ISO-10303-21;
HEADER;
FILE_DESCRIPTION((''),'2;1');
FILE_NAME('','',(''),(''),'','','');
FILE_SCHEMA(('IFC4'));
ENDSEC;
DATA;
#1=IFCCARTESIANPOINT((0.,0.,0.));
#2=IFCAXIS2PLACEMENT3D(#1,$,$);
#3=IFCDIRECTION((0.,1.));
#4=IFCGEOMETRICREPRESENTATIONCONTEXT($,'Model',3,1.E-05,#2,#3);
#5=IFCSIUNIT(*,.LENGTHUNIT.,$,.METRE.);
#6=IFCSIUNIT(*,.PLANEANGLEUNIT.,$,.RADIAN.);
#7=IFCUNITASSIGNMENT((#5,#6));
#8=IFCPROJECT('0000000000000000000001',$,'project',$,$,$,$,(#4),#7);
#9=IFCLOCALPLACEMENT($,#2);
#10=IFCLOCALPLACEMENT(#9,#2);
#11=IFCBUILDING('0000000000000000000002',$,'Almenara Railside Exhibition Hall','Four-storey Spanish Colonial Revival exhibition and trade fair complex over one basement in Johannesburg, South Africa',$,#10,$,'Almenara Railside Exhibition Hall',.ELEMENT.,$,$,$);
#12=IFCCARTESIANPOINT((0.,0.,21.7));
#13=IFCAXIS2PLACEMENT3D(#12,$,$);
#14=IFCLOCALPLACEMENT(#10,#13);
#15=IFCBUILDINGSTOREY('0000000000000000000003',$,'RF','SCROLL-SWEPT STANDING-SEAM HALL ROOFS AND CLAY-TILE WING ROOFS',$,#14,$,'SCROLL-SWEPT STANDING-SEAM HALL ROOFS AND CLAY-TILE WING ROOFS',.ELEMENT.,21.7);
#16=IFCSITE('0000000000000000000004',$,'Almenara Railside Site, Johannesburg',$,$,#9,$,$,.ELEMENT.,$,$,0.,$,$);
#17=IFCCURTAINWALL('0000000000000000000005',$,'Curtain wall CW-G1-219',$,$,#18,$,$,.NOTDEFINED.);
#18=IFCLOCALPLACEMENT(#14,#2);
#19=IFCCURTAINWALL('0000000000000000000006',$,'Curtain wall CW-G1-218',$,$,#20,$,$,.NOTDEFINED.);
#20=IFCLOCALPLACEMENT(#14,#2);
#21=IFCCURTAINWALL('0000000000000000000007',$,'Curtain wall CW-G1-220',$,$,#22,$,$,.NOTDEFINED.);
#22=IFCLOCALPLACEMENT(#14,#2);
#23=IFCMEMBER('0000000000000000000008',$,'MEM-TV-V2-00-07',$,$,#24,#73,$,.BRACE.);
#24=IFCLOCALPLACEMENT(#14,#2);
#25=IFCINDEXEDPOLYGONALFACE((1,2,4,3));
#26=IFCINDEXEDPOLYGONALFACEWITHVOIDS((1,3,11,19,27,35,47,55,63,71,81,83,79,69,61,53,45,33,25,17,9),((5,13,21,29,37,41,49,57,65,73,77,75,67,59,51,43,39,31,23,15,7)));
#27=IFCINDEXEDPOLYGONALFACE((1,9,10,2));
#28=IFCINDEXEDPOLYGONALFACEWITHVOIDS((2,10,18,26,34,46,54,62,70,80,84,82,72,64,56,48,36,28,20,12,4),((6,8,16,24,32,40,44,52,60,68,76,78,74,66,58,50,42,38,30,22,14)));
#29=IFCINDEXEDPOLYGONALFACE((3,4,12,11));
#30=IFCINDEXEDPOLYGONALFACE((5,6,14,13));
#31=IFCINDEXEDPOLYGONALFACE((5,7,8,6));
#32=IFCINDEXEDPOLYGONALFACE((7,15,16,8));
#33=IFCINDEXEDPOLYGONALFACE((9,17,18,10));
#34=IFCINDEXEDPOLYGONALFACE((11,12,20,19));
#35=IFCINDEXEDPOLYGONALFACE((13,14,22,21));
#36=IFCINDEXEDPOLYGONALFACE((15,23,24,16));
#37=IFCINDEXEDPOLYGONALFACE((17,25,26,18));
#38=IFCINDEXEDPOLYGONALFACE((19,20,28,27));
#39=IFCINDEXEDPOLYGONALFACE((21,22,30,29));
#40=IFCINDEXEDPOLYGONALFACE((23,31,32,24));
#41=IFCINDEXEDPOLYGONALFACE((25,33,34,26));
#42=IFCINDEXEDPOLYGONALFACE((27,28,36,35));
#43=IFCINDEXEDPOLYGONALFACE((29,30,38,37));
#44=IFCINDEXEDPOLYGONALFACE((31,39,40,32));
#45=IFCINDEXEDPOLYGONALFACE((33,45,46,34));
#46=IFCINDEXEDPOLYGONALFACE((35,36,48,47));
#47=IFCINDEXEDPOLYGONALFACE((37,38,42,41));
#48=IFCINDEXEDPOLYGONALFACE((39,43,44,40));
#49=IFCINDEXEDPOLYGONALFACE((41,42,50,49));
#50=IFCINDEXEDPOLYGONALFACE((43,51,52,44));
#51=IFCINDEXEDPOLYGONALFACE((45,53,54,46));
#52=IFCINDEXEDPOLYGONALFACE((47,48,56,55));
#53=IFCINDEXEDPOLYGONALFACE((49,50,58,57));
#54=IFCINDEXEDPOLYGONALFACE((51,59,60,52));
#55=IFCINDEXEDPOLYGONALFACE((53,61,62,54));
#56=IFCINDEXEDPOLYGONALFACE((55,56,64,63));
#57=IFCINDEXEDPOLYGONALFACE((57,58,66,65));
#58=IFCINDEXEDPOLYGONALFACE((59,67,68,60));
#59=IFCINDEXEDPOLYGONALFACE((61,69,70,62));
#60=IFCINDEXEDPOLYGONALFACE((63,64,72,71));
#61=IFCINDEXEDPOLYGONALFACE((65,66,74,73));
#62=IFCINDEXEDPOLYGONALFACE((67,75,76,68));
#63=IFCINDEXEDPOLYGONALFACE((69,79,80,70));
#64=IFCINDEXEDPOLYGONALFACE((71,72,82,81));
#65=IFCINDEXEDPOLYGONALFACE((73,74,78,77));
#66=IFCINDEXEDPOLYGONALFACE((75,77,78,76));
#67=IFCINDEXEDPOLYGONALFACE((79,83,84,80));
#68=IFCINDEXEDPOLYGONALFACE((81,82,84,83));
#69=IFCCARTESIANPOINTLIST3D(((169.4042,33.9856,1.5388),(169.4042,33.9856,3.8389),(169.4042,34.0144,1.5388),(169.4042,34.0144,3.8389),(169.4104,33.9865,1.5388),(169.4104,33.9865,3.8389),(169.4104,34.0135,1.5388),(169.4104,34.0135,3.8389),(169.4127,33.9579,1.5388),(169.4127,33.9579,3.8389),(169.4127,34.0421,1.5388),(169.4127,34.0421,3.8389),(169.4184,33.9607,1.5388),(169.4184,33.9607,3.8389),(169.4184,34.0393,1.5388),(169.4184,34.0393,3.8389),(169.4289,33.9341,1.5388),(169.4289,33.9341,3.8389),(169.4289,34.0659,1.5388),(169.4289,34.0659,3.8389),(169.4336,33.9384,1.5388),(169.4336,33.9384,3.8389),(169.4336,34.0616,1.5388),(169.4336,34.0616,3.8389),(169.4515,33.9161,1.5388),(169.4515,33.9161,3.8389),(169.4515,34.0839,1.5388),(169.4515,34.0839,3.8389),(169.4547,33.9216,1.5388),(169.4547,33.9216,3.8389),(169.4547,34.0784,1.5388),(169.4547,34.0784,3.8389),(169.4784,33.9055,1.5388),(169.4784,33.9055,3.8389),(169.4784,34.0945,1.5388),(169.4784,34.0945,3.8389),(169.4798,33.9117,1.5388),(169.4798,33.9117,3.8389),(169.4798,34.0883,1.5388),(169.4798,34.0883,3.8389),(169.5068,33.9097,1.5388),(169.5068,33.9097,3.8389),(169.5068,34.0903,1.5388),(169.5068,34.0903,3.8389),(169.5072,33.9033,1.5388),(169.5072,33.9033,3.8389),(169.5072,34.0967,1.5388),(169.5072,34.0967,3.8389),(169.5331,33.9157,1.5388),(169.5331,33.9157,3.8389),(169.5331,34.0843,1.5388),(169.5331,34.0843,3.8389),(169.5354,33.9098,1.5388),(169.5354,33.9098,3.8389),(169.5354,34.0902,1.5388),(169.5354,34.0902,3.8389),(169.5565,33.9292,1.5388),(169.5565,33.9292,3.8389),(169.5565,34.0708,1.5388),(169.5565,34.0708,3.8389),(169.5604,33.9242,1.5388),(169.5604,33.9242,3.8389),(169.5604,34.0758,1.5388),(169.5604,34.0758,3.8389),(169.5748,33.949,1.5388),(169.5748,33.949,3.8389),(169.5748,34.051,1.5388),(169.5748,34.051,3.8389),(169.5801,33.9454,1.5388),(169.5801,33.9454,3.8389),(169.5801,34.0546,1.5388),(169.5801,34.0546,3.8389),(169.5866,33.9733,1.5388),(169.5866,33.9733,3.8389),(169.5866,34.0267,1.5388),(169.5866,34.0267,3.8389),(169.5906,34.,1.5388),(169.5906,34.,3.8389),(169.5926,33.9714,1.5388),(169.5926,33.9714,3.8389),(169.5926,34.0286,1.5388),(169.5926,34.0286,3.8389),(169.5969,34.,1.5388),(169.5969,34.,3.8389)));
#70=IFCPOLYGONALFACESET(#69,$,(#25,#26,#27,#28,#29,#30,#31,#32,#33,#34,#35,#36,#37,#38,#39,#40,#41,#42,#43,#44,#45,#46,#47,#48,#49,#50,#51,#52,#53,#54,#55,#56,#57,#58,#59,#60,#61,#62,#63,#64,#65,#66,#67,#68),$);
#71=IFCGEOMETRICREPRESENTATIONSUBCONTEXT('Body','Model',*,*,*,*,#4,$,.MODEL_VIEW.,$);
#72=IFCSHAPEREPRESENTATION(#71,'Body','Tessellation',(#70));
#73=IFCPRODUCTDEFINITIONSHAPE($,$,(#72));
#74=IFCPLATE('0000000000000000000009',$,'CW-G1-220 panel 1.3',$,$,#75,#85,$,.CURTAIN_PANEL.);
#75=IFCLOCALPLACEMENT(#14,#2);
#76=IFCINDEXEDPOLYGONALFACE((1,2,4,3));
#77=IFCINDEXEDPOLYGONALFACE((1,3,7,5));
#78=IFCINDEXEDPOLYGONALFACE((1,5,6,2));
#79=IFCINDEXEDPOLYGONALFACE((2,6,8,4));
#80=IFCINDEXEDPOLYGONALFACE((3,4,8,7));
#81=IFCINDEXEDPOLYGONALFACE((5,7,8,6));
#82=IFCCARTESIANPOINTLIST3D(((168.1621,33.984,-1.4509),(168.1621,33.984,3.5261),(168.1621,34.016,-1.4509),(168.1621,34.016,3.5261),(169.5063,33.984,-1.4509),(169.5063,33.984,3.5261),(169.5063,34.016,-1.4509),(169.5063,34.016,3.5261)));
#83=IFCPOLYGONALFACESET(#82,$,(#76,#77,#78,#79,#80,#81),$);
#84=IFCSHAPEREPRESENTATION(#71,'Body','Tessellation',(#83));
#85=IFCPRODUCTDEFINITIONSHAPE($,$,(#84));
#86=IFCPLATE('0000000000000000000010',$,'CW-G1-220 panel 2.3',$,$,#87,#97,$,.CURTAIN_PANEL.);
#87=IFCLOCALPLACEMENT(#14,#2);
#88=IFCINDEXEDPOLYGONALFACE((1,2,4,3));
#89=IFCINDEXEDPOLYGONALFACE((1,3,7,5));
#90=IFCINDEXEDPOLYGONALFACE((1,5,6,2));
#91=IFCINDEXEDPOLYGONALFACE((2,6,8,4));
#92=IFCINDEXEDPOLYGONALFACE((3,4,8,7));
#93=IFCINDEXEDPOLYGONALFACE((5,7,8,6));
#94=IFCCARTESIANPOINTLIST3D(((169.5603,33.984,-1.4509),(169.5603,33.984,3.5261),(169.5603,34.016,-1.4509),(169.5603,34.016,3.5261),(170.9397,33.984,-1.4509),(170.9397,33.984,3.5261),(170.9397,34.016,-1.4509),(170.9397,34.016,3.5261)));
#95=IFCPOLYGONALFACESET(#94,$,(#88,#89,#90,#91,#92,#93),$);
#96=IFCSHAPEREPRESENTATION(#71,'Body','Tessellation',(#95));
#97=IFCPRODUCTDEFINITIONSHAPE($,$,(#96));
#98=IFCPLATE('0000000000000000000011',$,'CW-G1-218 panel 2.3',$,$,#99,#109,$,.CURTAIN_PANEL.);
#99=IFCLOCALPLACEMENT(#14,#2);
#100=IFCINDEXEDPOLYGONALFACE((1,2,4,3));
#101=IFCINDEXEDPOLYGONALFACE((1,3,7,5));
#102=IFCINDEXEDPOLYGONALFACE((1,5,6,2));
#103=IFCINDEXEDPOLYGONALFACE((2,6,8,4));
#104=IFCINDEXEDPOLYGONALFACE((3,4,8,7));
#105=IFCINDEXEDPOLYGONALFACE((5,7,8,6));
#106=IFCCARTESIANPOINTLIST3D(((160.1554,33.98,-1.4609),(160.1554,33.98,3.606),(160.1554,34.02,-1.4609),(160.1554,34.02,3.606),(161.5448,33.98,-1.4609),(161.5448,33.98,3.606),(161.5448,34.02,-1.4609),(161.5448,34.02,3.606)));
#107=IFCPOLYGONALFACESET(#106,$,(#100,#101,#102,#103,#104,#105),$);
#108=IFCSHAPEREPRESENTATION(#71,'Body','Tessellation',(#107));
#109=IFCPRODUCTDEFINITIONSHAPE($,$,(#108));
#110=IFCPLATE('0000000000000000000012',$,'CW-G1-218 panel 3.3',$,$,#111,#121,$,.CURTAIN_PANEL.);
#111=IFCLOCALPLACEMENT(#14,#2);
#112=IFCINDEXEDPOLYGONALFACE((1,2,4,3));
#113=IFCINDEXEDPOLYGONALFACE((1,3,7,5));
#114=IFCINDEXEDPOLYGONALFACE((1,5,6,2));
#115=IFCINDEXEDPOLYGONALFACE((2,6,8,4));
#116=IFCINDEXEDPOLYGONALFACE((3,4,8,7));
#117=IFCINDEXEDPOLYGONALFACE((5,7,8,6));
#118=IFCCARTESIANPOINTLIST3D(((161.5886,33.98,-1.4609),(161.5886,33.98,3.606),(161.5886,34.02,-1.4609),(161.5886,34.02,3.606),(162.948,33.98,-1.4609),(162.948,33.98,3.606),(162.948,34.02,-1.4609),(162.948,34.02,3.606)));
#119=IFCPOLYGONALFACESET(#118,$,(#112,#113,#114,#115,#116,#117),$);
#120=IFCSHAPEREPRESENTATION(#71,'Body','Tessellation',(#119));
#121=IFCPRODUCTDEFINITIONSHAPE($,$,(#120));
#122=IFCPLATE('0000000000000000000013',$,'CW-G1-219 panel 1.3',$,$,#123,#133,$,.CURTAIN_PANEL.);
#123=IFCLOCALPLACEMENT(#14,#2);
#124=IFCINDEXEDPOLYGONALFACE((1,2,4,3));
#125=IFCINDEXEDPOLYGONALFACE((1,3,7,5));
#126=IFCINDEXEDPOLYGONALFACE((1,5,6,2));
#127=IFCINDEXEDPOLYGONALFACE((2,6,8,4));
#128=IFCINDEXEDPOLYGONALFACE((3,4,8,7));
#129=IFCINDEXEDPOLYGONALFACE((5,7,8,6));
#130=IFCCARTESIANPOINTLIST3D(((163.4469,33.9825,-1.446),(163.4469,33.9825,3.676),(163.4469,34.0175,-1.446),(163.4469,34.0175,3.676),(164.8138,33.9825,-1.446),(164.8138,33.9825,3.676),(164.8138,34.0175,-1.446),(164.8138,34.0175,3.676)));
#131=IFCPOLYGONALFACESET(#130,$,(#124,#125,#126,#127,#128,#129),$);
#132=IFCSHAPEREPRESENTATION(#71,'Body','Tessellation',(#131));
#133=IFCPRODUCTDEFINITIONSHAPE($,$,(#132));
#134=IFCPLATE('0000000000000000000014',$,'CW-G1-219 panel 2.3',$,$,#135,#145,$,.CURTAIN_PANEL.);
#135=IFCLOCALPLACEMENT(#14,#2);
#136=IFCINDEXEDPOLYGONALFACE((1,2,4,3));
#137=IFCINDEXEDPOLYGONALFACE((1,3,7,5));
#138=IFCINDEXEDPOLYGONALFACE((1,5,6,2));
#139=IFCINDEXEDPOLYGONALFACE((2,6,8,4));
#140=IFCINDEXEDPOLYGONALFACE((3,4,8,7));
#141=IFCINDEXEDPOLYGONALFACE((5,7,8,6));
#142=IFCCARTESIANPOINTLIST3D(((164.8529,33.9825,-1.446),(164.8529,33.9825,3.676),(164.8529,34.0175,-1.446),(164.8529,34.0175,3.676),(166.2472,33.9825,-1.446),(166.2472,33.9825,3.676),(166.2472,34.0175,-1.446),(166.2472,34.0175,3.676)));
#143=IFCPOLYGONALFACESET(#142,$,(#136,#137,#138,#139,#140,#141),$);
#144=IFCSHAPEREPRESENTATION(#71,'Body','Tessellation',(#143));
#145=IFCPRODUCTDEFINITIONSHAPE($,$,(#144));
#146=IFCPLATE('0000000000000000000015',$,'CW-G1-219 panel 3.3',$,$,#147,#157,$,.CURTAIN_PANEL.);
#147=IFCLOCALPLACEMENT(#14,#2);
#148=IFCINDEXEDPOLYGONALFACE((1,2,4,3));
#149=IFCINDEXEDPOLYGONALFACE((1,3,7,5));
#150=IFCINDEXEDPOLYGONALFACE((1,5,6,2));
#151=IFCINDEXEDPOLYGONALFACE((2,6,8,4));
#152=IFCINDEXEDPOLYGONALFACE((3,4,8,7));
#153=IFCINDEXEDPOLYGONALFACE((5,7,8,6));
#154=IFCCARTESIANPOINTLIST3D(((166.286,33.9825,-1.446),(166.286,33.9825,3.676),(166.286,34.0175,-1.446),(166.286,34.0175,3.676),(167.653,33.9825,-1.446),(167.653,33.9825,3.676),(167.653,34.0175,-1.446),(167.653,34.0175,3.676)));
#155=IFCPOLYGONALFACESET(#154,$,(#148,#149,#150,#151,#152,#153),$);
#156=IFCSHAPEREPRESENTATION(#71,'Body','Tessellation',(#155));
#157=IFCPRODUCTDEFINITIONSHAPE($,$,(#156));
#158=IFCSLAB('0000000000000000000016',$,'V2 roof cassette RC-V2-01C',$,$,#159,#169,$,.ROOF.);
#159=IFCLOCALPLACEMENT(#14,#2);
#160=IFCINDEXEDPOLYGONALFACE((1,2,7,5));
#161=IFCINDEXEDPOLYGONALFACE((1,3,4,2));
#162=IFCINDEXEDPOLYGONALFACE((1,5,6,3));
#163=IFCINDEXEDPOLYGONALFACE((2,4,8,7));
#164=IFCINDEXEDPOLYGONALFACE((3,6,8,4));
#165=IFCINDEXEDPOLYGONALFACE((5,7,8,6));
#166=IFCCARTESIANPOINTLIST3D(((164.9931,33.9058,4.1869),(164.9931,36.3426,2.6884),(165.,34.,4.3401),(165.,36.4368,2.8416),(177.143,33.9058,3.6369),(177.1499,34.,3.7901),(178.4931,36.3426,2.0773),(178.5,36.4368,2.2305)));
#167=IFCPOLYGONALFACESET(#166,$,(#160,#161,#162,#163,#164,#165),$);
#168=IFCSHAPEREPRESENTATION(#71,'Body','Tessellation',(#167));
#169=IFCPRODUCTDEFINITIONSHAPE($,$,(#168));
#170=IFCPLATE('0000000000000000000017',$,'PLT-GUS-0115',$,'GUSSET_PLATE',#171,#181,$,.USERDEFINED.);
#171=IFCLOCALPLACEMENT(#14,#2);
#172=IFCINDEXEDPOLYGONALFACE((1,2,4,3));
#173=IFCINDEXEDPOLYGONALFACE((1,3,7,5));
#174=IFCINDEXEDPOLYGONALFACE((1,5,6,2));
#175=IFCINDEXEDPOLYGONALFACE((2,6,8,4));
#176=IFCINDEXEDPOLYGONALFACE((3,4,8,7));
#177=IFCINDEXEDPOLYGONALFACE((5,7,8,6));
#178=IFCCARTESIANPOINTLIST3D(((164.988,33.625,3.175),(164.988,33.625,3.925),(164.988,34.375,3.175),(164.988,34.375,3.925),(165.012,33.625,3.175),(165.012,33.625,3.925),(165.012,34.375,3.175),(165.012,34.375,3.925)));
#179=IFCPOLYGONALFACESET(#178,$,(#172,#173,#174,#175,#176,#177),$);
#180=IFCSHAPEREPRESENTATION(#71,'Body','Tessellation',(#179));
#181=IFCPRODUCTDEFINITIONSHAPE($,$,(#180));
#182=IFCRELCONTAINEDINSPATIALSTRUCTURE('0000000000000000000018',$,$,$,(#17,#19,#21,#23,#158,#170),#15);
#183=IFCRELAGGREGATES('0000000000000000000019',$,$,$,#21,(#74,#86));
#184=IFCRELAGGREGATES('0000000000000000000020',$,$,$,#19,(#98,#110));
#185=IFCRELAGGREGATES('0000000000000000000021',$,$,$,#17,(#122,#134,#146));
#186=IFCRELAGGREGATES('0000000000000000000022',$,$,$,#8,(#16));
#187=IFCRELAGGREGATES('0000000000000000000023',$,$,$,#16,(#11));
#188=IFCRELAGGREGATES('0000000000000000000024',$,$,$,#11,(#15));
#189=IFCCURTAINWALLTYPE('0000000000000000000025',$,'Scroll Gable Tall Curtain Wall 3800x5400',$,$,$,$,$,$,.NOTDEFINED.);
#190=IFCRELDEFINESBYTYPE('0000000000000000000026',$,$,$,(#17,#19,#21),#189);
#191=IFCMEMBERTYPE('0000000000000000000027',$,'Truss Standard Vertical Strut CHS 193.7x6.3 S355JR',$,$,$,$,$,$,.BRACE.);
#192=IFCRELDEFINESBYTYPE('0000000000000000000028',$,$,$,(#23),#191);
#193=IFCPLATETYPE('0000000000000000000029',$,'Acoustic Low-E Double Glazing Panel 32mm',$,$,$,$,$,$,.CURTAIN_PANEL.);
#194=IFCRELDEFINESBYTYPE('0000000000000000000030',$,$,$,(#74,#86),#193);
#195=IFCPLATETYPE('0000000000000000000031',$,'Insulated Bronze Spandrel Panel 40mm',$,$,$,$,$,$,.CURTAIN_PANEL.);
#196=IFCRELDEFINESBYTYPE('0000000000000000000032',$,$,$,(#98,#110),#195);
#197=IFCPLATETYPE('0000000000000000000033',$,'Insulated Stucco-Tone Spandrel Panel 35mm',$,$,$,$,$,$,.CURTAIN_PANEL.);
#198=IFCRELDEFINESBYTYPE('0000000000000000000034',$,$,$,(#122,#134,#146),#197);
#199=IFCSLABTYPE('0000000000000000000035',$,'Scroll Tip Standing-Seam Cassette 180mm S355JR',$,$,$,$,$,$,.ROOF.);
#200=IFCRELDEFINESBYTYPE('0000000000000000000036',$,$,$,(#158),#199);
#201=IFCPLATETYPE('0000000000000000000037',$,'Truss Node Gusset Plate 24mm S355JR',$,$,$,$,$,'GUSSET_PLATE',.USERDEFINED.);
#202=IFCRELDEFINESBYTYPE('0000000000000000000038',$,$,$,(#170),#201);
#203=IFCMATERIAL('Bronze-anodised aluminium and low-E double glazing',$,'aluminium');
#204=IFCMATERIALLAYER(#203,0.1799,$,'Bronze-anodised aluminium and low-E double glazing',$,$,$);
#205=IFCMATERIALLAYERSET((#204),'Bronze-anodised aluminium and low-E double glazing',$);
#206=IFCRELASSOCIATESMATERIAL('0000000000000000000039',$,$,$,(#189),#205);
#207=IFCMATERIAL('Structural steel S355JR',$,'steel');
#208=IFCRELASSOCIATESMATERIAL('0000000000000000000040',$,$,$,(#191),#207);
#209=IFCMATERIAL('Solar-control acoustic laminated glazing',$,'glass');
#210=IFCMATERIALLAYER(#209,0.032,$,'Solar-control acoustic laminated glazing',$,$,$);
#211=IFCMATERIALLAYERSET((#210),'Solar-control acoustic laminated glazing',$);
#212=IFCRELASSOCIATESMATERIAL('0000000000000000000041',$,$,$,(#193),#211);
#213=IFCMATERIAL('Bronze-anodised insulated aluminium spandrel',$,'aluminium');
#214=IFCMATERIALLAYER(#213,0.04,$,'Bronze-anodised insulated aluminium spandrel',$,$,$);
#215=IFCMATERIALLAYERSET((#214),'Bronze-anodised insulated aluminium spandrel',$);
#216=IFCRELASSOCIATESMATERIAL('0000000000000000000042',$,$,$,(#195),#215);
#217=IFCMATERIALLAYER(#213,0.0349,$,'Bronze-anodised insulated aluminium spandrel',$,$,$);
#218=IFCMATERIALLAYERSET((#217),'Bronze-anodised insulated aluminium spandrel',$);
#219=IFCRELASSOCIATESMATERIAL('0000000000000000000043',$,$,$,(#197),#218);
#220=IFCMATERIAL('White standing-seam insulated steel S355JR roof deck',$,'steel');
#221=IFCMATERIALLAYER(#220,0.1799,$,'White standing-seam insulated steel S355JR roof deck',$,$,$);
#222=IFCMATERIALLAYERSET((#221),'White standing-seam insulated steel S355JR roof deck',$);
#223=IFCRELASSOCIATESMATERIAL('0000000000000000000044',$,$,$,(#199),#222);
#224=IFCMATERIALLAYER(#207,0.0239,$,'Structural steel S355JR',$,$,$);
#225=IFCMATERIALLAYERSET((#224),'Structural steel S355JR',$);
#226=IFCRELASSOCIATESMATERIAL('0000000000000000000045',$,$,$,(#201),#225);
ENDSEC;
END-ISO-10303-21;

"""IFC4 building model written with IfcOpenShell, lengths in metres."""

from ifc_helpers import new_model, si_unit, direction, frame, origin, origin_2d, place, context, subcontext, project, spatial, polyline, rectangle, hollow_circle, outline, extrude, material, layer, layer_set, material_profile, profile_set, type_object, element, aggregate, save


model = new_model("IFC4")

# Units and contexts
model_context = context("Model", 3, precision=1e-05, world=origin(), true_north=direction((0.0, 1.0)))
body_context = subcontext(model_context, "Body", "Model", "MODEL_VIEW")
ifc_project = project(units=[si_unit("LENGTHUNIT", "METRE"), si_unit("PLANEANGLEUNIT", "RADIAN")], contexts=[model_context])

# Site, building, storey
site_placement = place(None, origin())
site = spatial("IfcSite", under=ifc_project, at=site_placement, Name="Almenara Railside Site, Johannesburg", CompositionType="ELEMENT", RefElevation=0.0)
building_placement = place(site_placement, origin())
building = spatial("IfcBuilding", under=site, at=building_placement, Name="Almenara Railside Exhibition Hall", Description="Four-storey Spanish Colonial Revival exhibition and trade fair complex over one basement in Johannesburg, South Africa", LongName="Almenara Railside Exhibition Hall", CompositionType="ELEMENT")
storey_placement = place(building_placement, frame((0.0, 0.0, 21.7)))
storey = spatial("IfcBuildingStorey", under=building, at=storey_placement, Name="RF", Description="SCROLL-SWEPT STANDING-SEAM HALL ROOFS AND CLAY-TILE WING ROOFS", LongName="SCROLL-SWEPT STANDING-SEAM HALL ROOFS AND CLAY-TILE WING ROOFS", CompositionType="ELEMENT", Elevation=21.7)

# Shared definitions
ifc_material_1 = material(Name="Structural steel S355JR", Category="steel")

# Curtain walls
ifc_material_2 = material(Name="Bronze-anodised aluminium and low-E double glazing", Category="aluminium")
ifc_layer_1 = layer(ifc_material_2, 0.1799, Name="Bronze-anodised aluminium and low-E double glazing")
ifc_layer_set_1 = layer_set([ifc_layer_1], Name="Bronze-anodised aluminium and low-E double glazing")
curtain_wall_type = type_object("IfcCurtainWallType", Name="Scroll Gable Tall Curtain Wall 3800x5400", PredefinedType="NOTDEFINED", material=ifc_layer_set_1)
curtain_wall_1_placement = place(storey_placement, origin())
curtain_wall_1 = element("IfcCurtainWall", 1, at=curtain_wall_1_placement, inside=storey, type_object=curtain_wall_type, Name="Curtain wall CW-G1-219", PredefinedType="NOTDEFINED")
curtain_wall_2_placement = place(storey_placement, origin())
curtain_wall_2 = element("IfcCurtainWall", 2, at=curtain_wall_2_placement, inside=storey, type_object=curtain_wall_type, Name="Curtain wall CW-G1-218", PredefinedType="NOTDEFINED")
curtain_wall_3_placement = place(storey_placement, origin())
curtain_wall_3 = element("IfcCurtainWall", 3, at=curtain_wall_3_placement, inside=storey, type_object=curtain_wall_type, Name="Curtain wall CW-G1-220", PredefinedType="NOTDEFINED")

# Member
ifc_material_profile_1 = material_profile(ifc_material_1, hollow_circle(Radius=0.0969, WallThickness=0.0063, at=origin_2d()), Name="CHS 193.7x6.3")
ifc_profile_set_1 = profile_set([ifc_material_profile_1], Name="Structural steel S355JR")
member_type_1 = type_object("IfcMemberType", Name="Truss Standard Vertical Strut CHS 193.7x6.3 S355JR", PredefinedType="BRACE", material=ifc_profile_set_1)
for number, where, z_axis, x_axis, name in (
    (4, (169.5, 34.0, 1.5388), (0.0, 0.0, 1.0), (1.0, 0.0, 0.0), "MEM-TV-V2-00-07"),
):
    element("IfcMember", number, at=place(storey_placement, frame(where, z_axis=z_axis, x_axis=x_axis)), inside=storey, type_object=member_type_1, Name=name, PredefinedType="BRACE", context=body_context, shape_type="SweptSolid", body=[
        extrude(hollow_circle(Radius=0.0969, WallThickness=0.0063, at=origin_2d()), origin(), (0.0, 0.0, 1.0), 2.3),
    ])

# Plates
ifc_material_3 = material(Name="Solar-control acoustic laminated glazing", Category="glass")
ifc_layer_2 = layer(ifc_material_3, 0.032, Name="Solar-control acoustic laminated glazing")
ifc_layer_set_2 = layer_set([ifc_layer_2], Name="Solar-control acoustic laminated glazing")
plate_type_1 = type_object("IfcPlateType", Name="Acoustic Low-E Double Glazing Panel 32mm", PredefinedType="CURTAIN_PANEL", material=ifc_layer_set_2)
plate_1_placement = place(storey_placement, frame((168.8342, 34.0, -1.4509), z_axis=(0.0, 0.0, 1.0), x_axis=(1.0, 0.0, 0.0)))
plate_1 = element("IfcPlate", 5, at=plate_1_placement, type_object=plate_type_1, Name="CW-G1-220 panel 1.3", PredefinedType="CURTAIN_PANEL", context=body_context, shape_type="SweptSolid", body=[
    extrude(rectangle(XDim=1.3442, YDim=0.032, at=origin_2d()), origin(), (0.0, 0.0, 1.0), 4.9771),
])
plate_2_placement = place(storey_placement, frame((170.25, 34.0, -1.4509), z_axis=(0.0, 0.0, 1.0), x_axis=(1.0, 0.0, 0.0)))
plate_2 = element("IfcPlate", 6, at=plate_2_placement, type_object=plate_type_1, Name="CW-G1-220 panel 2.3", PredefinedType="CURTAIN_PANEL", context=body_context, shape_type="SweptSolid", body=[
    extrude(rectangle(XDim=1.3794, YDim=0.032, at=origin_2d()), origin(), (0.0, 0.0, 1.0), 4.9771),
])
aggregate(curtain_wall_3, [plate_1, plate_2])
ifc_material_4 = material(Name="Bronze-anodised insulated aluminium spandrel", Category="aluminium")
ifc_layer_3 = layer(ifc_material_4, 0.04, Name="Bronze-anodised insulated aluminium spandrel")
ifc_layer_set_3 = layer_set([ifc_layer_3], Name="Bronze-anodised insulated aluminium spandrel")
plate_type_2 = type_object("IfcPlateType", Name="Insulated Bronze Spandrel Panel 40mm", PredefinedType="CURTAIN_PANEL", material=ifc_layer_set_3)
plate_3_placement = place(storey_placement, frame((160.8501, 34.0, -1.4609), z_axis=(0.0, 0.0, 1.0), x_axis=(1.0, 0.0, 0.0)))
plate_3 = element("IfcPlate", 7, at=plate_3_placement, type_object=plate_type_2, Name="CW-G1-218 panel 2.3", PredefinedType="CURTAIN_PANEL", context=body_context, shape_type="SweptSolid", body=[
    extrude(rectangle(XDim=1.3894, YDim=0.04, at=origin_2d()), origin(), (0.0, 0.0, 1.0), 5.0669),
])
plate_4_placement = place(storey_placement, frame((162.2683, 34.0, -1.4609), z_axis=(0.0, 0.0, 1.0), x_axis=(1.0, 0.0, 0.0)))
plate_4 = element("IfcPlate", 8, at=plate_4_placement, type_object=plate_type_2, Name="CW-G1-218 panel 3.3", PredefinedType="CURTAIN_PANEL", context=body_context, shape_type="SweptSolid", body=[
    extrude(rectangle(XDim=1.3594, YDim=0.04, at=origin_2d()), origin(), (0.0, 0.0, 1.0), 5.0669),
])
aggregate(curtain_wall_2, [plate_3, plate_4])
ifc_layer_4 = layer(ifc_material_4, 0.0349, Name="Bronze-anodised insulated aluminium spandrel")
ifc_layer_set_4 = layer_set([ifc_layer_4], Name="Bronze-anodised insulated aluminium spandrel")
plate_type_3 = type_object("IfcPlateType", Name="Insulated Stucco-Tone Spandrel Panel 35mm", PredefinedType="CURTAIN_PANEL", material=ifc_layer_set_4)
plate_5_placement = place(storey_placement, frame((164.1304, 34.0, -1.446), z_axis=(0.0, 0.0, 1.0), x_axis=(1.0, 0.0, 0.0)))
plate_5 = element("IfcPlate", 9, at=plate_5_placement, type_object=plate_type_3, Name="CW-G1-219 panel 1.3", PredefinedType="CURTAIN_PANEL", context=body_context, shape_type="SweptSolid", body=[
    extrude(rectangle(XDim=1.3669, YDim=0.0349, at=origin_2d()), origin(), (0.0, 0.0, 1.0), 5.1221),
])
plate_6_placement = place(storey_placement, frame((165.55, 34.0, -1.446), z_axis=(0.0, 0.0, 1.0), x_axis=(1.0, 0.0, 0.0)))
plate_6 = element("IfcPlate", 10, at=plate_6_placement, type_object=plate_type_3, Name="CW-G1-219 panel 2.3", PredefinedType="CURTAIN_PANEL", context=body_context, shape_type="SweptSolid", body=[
    extrude(rectangle(XDim=1.3943, YDim=0.0349, at=origin_2d()), origin(), (0.0, 0.0, 1.0), 5.1221),
])
plate_7_placement = place(storey_placement, frame((166.9695, 34.0, -1.446), z_axis=(0.0, 0.0, 1.0), x_axis=(1.0, 0.0, 0.0)))
plate_7 = element("IfcPlate", 11, at=plate_7_placement, type_object=plate_type_3, Name="CW-G1-219 panel 3.3", PredefinedType="CURTAIN_PANEL", context=body_context, shape_type="SweptSolid", body=[
    extrude(rectangle(XDim=1.3669, YDim=0.0349, at=origin_2d()), origin(), (0.0, 0.0, 1.0), 5.1221),
])
aggregate(curtain_wall_1, [plate_5, plate_6, plate_7])

# Slab
ifc_material_5 = material(Name="White standing-seam insulated steel S355JR roof deck", Category="steel")
ifc_layer_5 = layer(ifc_material_5, 0.1799, Name="White standing-seam insulated steel S355JR roof deck")
ifc_layer_set_5 = layer_set([ifc_layer_5], Name="White standing-seam insulated steel S355JR roof deck")
slab_type = type_object("IfcSlabType", Name="Scroll Tip Standing-Seam Cassette 180mm S355JR", PredefinedType="ROOF", material=ifc_layer_set_5)
slab_placement = place(storey_placement, frame((165.0, 34.0, 4.3401), z_axis=(0.038532, 0.523441, 0.85119), x_axis=(0.998977, 0.000001, -0.045223)))
element("IfcSlab", 12, at=slab_placement, inside=storey, type_object=slab_type, Name="V2 roof cassette RC-V2-01C", PredefinedType="ROOF", context=body_context, shape_type="SweptSolid", body=[
    extrude(outline(polyline([(0.0, 0.0), (12.1623, 0.0), (13.5816, 2.8598), (0.0678, 2.8599), (0.0, 0.0)])), origin(), (0.0, 0.0, -1.0), 0.1799),
])

# Plate
ifc_layer_6 = layer(ifc_material_1, 0.0239, Name="Structural steel S355JR")
ifc_layer_set_6 = layer_set([ifc_layer_6], Name="Structural steel S355JR")
plate_type_4 = type_object("IfcPlateType", Name="Truss Node Gusset Plate 24mm S355JR", ElementType="GUSSET_PLATE", PredefinedType="USERDEFINED", material=ifc_layer_set_6)
plate_8_placement = place(storey_placement, frame((165.0, 34.0, 3.175), z_axis=(0.0, 0.0, 1.0), x_axis=(0.0, 1.0, 0.0)))
element("IfcPlate", 13, at=plate_8_placement, inside=storey, type_object=plate_type_4, Name="PLT-GUS-0115", ObjectType="GUSSET_PLATE", PredefinedType="USERDEFINED", context=body_context, shape_type="SweptSolid", body=[
    extrude(rectangle(XDim=0.75, YDim=0.0239, at=origin_2d()), origin(), (0.0, 0.0, 1.0), 0.75),
])

save(model, "model.ifc")
